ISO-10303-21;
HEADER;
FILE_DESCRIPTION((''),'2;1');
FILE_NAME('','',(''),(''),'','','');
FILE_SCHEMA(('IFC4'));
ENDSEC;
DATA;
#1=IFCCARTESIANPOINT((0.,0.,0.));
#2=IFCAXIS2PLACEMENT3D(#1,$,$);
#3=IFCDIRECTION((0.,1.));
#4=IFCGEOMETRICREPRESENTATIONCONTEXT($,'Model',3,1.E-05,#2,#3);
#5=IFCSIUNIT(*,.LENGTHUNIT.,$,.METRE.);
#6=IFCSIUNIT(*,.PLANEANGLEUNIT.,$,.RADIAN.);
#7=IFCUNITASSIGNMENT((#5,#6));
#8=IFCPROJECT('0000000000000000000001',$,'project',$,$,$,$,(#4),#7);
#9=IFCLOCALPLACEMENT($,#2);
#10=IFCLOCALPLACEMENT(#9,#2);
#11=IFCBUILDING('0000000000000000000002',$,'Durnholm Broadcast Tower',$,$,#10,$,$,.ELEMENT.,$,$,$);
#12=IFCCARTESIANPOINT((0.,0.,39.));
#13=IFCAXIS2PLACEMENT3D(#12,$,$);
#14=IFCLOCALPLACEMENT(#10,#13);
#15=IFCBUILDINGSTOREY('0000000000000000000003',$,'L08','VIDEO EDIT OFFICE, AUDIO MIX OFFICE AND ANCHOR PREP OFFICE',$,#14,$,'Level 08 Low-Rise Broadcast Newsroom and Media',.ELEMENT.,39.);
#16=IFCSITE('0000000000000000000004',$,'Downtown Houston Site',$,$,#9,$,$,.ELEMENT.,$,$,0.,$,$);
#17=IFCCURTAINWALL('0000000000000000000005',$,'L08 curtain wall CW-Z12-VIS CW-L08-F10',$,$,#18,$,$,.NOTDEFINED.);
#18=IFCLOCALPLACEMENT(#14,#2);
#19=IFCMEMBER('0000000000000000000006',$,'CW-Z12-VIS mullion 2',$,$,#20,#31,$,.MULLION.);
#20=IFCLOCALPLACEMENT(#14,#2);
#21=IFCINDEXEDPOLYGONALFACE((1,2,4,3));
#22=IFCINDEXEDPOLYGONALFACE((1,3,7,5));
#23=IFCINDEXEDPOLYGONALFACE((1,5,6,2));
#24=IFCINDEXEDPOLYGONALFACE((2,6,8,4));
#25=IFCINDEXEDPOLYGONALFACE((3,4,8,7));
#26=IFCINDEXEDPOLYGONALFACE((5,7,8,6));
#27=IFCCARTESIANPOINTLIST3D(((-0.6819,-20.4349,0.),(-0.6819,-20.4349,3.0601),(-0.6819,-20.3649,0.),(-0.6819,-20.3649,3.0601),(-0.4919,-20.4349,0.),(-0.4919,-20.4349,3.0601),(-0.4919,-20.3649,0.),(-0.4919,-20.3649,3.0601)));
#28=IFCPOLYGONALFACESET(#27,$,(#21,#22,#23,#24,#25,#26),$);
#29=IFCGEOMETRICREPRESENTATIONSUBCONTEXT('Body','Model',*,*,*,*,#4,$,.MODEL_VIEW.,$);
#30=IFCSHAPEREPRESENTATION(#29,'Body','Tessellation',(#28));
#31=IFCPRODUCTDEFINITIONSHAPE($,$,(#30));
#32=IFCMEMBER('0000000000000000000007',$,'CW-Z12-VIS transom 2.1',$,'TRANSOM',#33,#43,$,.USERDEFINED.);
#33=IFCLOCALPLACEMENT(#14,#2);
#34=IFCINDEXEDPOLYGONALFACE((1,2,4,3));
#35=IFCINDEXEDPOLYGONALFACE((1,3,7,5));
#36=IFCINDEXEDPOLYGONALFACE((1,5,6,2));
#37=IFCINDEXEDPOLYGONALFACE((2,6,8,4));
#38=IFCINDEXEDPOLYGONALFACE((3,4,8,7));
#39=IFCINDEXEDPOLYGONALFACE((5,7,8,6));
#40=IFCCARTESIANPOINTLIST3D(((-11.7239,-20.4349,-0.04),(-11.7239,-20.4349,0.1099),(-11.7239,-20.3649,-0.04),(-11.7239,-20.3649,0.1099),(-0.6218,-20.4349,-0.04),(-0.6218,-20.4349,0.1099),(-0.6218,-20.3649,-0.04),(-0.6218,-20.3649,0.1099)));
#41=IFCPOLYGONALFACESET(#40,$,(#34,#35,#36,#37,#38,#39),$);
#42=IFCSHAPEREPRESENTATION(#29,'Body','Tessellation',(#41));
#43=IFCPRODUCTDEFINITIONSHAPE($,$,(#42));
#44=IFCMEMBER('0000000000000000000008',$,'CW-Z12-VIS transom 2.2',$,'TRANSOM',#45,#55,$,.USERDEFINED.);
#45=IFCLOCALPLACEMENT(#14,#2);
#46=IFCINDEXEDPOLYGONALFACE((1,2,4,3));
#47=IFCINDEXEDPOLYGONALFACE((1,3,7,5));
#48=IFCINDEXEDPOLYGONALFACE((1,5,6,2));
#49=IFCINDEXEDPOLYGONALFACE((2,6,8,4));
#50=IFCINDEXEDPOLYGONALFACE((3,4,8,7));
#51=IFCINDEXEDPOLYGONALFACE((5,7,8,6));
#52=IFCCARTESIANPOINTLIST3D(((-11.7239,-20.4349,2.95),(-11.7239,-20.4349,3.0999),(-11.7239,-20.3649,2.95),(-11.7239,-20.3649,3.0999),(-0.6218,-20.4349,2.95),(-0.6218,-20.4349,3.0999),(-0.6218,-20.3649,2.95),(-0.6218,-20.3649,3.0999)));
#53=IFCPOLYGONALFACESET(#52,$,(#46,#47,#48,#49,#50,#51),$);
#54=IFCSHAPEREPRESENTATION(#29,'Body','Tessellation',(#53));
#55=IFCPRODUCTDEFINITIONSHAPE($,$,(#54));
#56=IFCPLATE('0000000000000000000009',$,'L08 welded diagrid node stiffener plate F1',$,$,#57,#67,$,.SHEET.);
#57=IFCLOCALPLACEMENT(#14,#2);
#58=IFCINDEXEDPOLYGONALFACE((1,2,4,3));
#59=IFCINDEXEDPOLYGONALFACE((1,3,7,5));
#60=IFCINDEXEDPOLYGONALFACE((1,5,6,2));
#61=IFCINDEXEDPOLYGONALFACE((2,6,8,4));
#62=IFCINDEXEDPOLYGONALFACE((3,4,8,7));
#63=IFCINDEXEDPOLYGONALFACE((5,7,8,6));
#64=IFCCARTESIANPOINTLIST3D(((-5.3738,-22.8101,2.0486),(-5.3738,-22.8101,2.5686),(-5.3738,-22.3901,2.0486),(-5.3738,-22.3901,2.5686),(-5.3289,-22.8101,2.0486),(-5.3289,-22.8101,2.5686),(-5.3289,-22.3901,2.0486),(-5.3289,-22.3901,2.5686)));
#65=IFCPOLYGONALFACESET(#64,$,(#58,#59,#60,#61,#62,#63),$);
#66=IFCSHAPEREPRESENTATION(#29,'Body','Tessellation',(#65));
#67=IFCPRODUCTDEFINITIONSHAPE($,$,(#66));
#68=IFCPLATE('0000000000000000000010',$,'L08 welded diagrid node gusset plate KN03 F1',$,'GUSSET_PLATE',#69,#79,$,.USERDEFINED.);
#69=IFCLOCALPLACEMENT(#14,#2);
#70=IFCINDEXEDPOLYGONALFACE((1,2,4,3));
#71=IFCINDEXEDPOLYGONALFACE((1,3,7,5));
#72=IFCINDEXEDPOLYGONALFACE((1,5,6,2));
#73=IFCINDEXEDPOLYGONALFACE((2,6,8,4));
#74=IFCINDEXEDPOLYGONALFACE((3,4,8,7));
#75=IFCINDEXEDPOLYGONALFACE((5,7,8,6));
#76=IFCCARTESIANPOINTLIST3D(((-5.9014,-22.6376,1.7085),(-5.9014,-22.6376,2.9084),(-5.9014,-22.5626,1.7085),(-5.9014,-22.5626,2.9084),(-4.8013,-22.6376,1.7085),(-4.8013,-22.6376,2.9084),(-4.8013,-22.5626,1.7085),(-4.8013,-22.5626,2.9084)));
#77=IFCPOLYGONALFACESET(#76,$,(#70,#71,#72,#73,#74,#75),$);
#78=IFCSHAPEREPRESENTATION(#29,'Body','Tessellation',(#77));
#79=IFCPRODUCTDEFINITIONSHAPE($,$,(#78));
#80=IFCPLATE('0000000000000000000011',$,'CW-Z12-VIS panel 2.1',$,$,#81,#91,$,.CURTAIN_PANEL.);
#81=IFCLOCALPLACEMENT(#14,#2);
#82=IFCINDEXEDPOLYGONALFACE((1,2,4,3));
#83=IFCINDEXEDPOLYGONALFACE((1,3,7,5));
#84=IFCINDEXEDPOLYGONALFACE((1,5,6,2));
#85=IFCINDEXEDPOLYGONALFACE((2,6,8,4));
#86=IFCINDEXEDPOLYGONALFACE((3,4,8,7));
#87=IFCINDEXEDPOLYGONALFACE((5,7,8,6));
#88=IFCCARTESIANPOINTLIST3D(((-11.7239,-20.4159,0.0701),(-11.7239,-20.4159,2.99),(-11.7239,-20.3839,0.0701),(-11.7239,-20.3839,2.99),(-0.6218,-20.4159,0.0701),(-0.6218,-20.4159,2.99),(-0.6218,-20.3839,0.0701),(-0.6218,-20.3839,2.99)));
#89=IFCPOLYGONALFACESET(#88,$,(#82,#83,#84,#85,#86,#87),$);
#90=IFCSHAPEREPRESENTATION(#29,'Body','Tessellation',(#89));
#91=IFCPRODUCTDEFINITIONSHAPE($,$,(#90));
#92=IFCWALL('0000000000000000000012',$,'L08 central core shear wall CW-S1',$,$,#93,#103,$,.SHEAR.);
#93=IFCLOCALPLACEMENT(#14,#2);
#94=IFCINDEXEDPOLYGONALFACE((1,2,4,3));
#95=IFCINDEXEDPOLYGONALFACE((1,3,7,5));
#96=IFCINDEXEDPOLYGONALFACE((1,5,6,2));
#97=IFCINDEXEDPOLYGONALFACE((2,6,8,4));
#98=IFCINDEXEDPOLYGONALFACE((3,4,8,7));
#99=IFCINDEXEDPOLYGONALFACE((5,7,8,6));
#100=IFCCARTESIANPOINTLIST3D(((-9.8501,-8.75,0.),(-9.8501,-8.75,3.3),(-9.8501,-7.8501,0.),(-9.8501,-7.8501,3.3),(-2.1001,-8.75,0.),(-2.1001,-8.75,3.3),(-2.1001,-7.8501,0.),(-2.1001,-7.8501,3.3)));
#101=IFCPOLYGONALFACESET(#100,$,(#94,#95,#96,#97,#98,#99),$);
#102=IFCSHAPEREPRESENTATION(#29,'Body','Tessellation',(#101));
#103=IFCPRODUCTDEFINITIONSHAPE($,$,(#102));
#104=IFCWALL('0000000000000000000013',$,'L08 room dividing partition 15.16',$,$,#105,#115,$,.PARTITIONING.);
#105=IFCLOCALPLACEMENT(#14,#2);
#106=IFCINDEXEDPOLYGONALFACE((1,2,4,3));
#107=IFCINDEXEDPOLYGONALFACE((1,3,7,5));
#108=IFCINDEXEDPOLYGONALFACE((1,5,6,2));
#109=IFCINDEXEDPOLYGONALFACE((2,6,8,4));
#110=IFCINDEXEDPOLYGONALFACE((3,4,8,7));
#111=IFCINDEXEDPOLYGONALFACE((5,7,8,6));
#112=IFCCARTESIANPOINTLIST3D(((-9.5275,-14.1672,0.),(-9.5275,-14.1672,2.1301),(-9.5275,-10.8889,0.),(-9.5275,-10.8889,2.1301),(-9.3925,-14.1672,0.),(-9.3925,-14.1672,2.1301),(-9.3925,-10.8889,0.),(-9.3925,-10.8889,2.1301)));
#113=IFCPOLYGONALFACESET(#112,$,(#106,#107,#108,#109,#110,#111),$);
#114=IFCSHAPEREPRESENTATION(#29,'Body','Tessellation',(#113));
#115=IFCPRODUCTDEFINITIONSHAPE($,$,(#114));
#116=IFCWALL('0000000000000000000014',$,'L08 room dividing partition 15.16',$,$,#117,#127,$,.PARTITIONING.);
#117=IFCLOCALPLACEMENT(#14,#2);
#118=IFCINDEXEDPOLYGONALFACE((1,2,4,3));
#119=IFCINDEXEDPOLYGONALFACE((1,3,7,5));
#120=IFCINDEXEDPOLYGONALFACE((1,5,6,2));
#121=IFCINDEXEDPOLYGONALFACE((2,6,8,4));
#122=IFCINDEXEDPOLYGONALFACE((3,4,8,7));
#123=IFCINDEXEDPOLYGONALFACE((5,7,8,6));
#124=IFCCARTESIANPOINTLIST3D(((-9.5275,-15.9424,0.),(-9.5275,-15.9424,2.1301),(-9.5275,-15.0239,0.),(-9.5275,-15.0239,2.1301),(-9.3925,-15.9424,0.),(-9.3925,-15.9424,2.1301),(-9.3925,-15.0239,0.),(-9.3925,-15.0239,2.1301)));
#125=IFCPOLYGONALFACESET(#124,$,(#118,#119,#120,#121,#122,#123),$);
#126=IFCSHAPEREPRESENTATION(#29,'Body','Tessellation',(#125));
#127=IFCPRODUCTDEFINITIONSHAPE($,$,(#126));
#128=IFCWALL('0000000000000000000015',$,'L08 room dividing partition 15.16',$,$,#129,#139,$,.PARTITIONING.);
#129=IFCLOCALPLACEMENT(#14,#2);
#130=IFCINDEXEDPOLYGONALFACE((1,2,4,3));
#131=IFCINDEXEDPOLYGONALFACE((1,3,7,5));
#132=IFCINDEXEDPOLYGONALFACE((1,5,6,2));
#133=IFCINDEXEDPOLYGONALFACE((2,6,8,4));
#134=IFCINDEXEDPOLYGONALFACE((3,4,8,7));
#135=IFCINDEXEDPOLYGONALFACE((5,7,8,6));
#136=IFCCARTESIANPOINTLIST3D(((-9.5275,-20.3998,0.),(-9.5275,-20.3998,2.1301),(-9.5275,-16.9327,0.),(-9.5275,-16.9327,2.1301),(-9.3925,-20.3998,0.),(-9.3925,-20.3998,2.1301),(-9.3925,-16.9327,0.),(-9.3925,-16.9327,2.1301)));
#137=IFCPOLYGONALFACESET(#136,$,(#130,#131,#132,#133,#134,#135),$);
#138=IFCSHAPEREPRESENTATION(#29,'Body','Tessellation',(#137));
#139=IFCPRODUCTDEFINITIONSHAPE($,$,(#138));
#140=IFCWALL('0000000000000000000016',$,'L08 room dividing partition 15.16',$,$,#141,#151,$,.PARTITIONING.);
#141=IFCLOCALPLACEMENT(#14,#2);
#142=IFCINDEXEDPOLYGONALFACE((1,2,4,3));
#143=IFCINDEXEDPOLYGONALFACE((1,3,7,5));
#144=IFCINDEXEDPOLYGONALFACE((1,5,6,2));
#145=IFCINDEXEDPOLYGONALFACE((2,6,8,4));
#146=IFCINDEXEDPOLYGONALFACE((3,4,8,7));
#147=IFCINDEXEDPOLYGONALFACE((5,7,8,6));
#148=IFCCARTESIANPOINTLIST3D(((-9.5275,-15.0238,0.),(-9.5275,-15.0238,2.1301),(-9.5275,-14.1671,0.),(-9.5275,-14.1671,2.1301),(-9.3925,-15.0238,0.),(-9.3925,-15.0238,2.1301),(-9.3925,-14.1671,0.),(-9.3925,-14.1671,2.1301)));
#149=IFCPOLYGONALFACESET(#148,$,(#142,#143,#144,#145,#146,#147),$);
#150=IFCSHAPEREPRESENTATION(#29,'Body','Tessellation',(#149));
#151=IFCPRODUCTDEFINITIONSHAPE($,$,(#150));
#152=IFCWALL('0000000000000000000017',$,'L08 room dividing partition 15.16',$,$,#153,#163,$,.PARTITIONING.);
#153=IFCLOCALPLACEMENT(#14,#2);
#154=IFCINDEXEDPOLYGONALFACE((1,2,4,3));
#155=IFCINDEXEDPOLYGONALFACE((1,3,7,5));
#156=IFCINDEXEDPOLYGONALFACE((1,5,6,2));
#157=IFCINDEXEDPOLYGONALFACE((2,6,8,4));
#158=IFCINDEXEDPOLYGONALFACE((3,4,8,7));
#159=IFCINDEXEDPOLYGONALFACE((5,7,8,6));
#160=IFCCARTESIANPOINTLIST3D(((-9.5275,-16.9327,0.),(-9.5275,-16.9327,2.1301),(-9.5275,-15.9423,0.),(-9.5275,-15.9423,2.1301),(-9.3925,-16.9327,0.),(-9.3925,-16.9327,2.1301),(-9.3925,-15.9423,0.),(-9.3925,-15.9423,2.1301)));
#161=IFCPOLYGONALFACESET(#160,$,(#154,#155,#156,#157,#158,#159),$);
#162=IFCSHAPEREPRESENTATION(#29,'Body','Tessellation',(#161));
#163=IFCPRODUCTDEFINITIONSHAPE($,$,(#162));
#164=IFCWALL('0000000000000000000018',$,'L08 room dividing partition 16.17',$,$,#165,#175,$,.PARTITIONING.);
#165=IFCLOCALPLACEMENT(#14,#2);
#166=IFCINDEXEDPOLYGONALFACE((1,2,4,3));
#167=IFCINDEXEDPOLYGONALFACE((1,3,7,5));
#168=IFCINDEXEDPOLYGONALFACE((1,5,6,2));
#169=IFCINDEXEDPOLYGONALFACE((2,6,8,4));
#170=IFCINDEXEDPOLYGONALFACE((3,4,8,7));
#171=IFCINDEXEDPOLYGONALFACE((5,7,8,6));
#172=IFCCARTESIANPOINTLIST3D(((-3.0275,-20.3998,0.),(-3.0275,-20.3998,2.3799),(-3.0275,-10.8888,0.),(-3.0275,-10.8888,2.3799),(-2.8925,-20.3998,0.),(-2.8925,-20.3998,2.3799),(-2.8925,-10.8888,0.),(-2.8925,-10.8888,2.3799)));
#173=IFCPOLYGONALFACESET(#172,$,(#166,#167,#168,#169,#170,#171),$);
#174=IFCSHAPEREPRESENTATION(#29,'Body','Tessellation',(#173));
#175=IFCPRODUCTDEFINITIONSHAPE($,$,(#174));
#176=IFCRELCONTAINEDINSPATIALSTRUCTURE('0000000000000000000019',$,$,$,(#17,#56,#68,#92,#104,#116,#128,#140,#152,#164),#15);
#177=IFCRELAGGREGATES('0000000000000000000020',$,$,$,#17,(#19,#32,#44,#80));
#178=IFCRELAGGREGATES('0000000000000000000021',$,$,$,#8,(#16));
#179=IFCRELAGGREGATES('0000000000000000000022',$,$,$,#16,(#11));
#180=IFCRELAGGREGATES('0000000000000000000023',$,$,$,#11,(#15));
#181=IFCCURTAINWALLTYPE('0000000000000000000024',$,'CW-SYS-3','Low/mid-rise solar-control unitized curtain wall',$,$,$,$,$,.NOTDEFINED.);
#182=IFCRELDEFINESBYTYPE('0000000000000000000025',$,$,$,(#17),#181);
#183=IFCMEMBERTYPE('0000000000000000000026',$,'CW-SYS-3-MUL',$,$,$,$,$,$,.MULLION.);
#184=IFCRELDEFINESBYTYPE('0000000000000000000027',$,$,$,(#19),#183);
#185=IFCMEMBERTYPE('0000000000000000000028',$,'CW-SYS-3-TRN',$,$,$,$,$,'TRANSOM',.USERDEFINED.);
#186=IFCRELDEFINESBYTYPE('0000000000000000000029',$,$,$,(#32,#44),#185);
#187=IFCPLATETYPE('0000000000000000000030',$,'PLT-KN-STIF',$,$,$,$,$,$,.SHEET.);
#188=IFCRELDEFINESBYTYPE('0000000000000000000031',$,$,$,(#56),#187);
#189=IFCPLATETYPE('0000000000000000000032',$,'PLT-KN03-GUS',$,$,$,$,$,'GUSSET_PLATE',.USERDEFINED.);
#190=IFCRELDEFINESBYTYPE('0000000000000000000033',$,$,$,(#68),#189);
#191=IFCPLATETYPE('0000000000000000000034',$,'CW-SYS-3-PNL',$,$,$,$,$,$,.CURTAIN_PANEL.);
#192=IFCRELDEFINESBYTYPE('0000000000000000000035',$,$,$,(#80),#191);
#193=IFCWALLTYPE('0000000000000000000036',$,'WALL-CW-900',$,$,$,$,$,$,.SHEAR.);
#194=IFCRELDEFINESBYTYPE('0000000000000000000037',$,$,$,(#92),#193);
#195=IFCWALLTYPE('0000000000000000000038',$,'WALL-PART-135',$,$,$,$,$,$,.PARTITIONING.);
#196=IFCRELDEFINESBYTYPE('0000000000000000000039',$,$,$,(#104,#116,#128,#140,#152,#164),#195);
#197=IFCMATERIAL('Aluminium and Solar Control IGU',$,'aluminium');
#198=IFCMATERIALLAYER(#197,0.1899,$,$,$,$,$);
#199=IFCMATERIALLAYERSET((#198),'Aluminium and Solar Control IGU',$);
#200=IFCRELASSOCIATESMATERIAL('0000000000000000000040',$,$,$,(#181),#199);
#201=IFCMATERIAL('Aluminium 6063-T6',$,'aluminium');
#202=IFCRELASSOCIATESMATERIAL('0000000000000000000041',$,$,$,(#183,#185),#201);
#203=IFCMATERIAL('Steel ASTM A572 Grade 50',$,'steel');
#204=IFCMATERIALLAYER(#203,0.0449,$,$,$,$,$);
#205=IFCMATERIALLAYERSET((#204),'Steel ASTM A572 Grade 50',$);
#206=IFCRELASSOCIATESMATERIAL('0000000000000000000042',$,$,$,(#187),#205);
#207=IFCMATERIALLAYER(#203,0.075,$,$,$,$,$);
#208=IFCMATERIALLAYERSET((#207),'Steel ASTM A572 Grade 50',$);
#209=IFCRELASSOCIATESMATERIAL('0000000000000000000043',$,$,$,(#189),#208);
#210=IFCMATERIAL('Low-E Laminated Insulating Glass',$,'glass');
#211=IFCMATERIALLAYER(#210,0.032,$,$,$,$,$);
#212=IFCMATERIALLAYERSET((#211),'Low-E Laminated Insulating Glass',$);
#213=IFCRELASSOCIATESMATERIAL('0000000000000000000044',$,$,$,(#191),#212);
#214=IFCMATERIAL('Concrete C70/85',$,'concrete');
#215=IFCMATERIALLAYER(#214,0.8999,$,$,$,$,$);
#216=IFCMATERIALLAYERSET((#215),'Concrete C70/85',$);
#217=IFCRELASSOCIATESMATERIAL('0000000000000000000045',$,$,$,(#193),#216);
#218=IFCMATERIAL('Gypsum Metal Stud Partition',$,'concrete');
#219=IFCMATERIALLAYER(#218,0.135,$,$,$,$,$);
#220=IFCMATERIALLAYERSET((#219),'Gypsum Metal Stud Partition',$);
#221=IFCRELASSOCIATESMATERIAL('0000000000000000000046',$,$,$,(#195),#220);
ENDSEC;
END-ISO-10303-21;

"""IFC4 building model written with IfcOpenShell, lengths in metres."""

from ifc_helpers import new_model, si_unit, direction, frame, frame_2d, origin, origin_2d, place, context, subcontext, project, spatial, rectangle, extrude, source, transform, mapped, material, layer, layer_set, material_profile, profile_set, type_object, type_shapes, element, aggregate, save


model = new_model("IFC4")

# Units and contexts
model_context = context("Model", 3, precision=1e-05, world=origin(), true_north=direction((0.0, 1.0)))
body_context = subcontext(model_context, "Body", "Model", "MODEL_VIEW")
ifc_project = project(units=[si_unit("LENGTHUNIT", "METRE"), si_unit("PLANEANGLEUNIT", "RADIAN")], contexts=[model_context])

# Site, building, storey
site_placement = place(None, origin())
site = spatial("IfcSite", under=ifc_project, at=site_placement, Name="Downtown Houston Site", CompositionType="ELEMENT", RefElevation=0.0)
building_placement = place(site_placement, origin())
building = spatial("IfcBuilding", under=site, at=building_placement, Name="Durnholm Broadcast Tower", CompositionType="ELEMENT")
storey_placement = place(building_placement, frame((0.0, 0.0, 39.0)))
storey = spatial("IfcBuildingStorey", under=building, at=storey_placement, Name="L08", Description="VIDEO EDIT OFFICE, AUDIO MIX OFFICE AND ANCHOR PREP OFFICE", LongName="Level 08 Low-Rise Broadcast Newsroom and Media", CompositionType="ELEMENT", Elevation=39.0)

# Curtain wall, members
ifc_material_1 = material(Name="Aluminium and Solar Control IGU", Category="aluminium")
ifc_layer_1 = layer(ifc_material_1, 0.1899)
ifc_layer_set_1 = layer_set([ifc_layer_1], Name="Aluminium and Solar Control IGU")
curtain_wall_type = type_object("IfcCurtainWallType", Name="CW-SYS-3", Description="Low/mid-rise solar-control unitized curtain wall", PredefinedType="NOTDEFINED", material=ifc_layer_set_1)
curtain_wall_placement = place(storey_placement, origin())
curtain_wall = element("IfcCurtainWall", 1, at=curtain_wall_placement, inside=storey, type_object=curtain_wall_type, Name="L08 curtain wall CW-Z12-VIS CW-L08-F10", PredefinedType="NOTDEFINED")
ifc_material_2 = material(Name="Aluminium 6063-T6", Category="aluminium")
ifc_material_profile_1 = material_profile(ifc_material_2, rectangle(XDim=0.0701, YDim=0.1899, at=origin_2d()), Name="CWM70X190")
ifc_profile_set_1 = profile_set([ifc_material_profile_1], Name="Aluminium 6063-T6")
member_type_1 = type_object("IfcMemberType", Name="CW-SYS-3-MUL", PredefinedType="MULLION", material=ifc_profile_set_1)
shared_shape_1 = source(origin(), body_context, "Body", "SweptSolid", [
    extrude(rectangle(XDim=0.0701, YDim=0.1899, at=origin_2d()), origin(), (0.0, 0.0, 1.0), 3.0601),
])
type_shapes(member_type_1, [shared_shape_1])
member_1_placement = place(storey_placement, frame((-0.5869, -20.3999, 0.0), z_axis=(0.0, 0.0, 1.0), x_axis=(0.0, -1.0, 0.0)))
member_1 = element("IfcMember", 2, at=member_1_placement, type_object=member_type_1, Name="CW-Z12-VIS mullion 2", PredefinedType="MULLION", context=body_context, shape_type="MappedRepresentation", body=[
    mapped(shared_shape_1, transform((0.0, 0.0, 0.0), x_axis=(1.0, 0.0, 0.0), y_axis=(0.0, 1.0, 0.0), z_axis=(0.0, 0.0, 1.0), scale=1.0)),
])
ifc_material_profile_2 = material_profile(ifc_material_2, rectangle(XDim=0.0701, YDim=0.1499, at=origin_2d()), Name="CWT70X150")
ifc_profile_set_2 = profile_set([ifc_material_profile_2], Name="Aluminium 6063-T6")
member_type_2 = type_object("IfcMemberType", Name="CW-SYS-3-TRN", ElementType="TRANSOM", PredefinedType="USERDEFINED", material=ifc_profile_set_2)
shared_shape_2 = source(origin(), body_context, "Body", "SweptSolid", [
    extrude(rectangle(XDim=0.0701, YDim=0.1499, at=origin_2d()), origin(), (0.0, 0.0, 1.0), 11.1021),
])
type_shapes(member_type_2, [shared_shape_2])
member_2_placement = place(storey_placement, frame((-0.6218, -20.3999, 0.0349), z_axis=(-1.0, 0.0, 0.0), x_axis=(0.0, -1.0, 0.0)))
member_2 = element("IfcMember", 3, at=member_2_placement, type_object=member_type_2, Name="CW-Z12-VIS transom 2.1", ObjectType="TRANSOM", PredefinedType="USERDEFINED", context=body_context, shape_type="MappedRepresentation", body=[
    mapped(shared_shape_2, transform((0.0, 0.0, 0.0), x_axis=(1.0, 0.0, 0.0), y_axis=(0.0, 1.0, 0.0), z_axis=(0.0, 0.0, 1.0), scale=1.0)),
])
member_3_placement = place(storey_placement, frame((-0.6218, -20.3999, 3.0249), z_axis=(-1.0, 0.0, 0.0), x_axis=(0.0, -1.0, 0.0)))
member_3 = element("IfcMember", 4, at=member_3_placement, type_object=member_type_2, Name="CW-Z12-VIS transom 2.2", ObjectType="TRANSOM", PredefinedType="USERDEFINED", context=body_context, shape_type="MappedRepresentation", body=[
    mapped(shared_shape_2, transform((0.0, 0.0, 0.0), x_axis=(1.0, 0.0, 0.0), y_axis=(0.0, 1.0, 0.0), z_axis=(0.0, 0.0, 1.0), scale=1.0)),
])

# Plates
ifc_material_3 = material(Name="Steel ASTM A572 Grade 50", Category="steel")
ifc_layer_2 = layer(ifc_material_3, 0.0449)
ifc_layer_set_2 = layer_set([ifc_layer_2], Name="Steel ASTM A572 Grade 50")
plate_type_1 = type_object("IfcPlateType", Name="PLT-KN-STIF", PredefinedType="SHEET", material=ifc_layer_set_2)
shared_shape_3 = source(origin(), body_context, "Body", "SweptSolid", [
    extrude(rectangle(XDim=0.0449, YDim=0.4199, at=origin_2d()), origin(), (0.0, 0.0, 1.0), 0.52),
])
type_shapes(plate_type_1, [shared_shape_3])
plate_1_placement = place(storey_placement, frame((-5.3513, -22.6001, 2.0486), z_axis=(0.0, 0.0, 1.0), x_axis=(1.0, 0.0, 0.0)))
element("IfcPlate", 5, at=plate_1_placement, inside=storey, type_object=plate_type_1, Name="L08 welded diagrid node stiffener plate F1", PredefinedType="SHEET", context=body_context, shape_type="MappedRepresentation", body=[
    mapped(shared_shape_3, transform((0.0, 0.0, 0.0), x_axis=(1.0, 0.0, 0.0), y_axis=(0.0, 1.0, 0.0), z_axis=(0.0, 0.0, 1.0), scale=1.0)),
])
ifc_layer_3 = layer(ifc_material_3, 0.075)
ifc_layer_set_3 = layer_set([ifc_layer_3], Name="Steel ASTM A572 Grade 50")
plate_type_2 = type_object("IfcPlateType", Name="PLT-KN03-GUS", ElementType="GUSSET_PLATE", PredefinedType="USERDEFINED", material=ifc_layer_set_3)
shared_shape_4 = source(origin(), body_context, "Body", "SweptSolid", [
    extrude(rectangle(XDim=1.1001, YDim=0.075, at=origin_2d()), origin(), (0.0, 0.0, 1.0), 1.2),
])
type_shapes(plate_type_2, [shared_shape_4])
plate_2_placement = place(storey_placement, frame((-5.3513, -22.6001, 1.7085), z_axis=(0.0, 0.0, 1.0), x_axis=(1.0, 0.0, 0.0)))
element("IfcPlate", 6, at=plate_2_placement, inside=storey, type_object=plate_type_2, Name="L08 welded diagrid node gusset plate KN03 F1", ObjectType="GUSSET_PLATE", PredefinedType="USERDEFINED", context=body_context, shape_type="MappedRepresentation", body=[
    mapped(shared_shape_4, transform((0.0, 0.0, 0.0), x_axis=(1.0, 0.0, 0.0), y_axis=(0.0, 1.0, 0.0), z_axis=(0.0, 0.0, 1.0), scale=1.0)),
])

# Plate
ifc_material_4 = material(Name="Low-E Laminated Insulating Glass", Category="glass")
ifc_layer_4 = layer(ifc_material_4, 0.032)
ifc_layer_set_4 = layer_set([ifc_layer_4], Name="Low-E Laminated Insulating Glass")
plate_type_3 = type_object("IfcPlateType", Name="CW-SYS-3-PNL", PredefinedType="CURTAIN_PANEL", material=ifc_layer_set_4)
shared_shape_5 = source(origin(), body_context, "Body", "SweptSolid", [
    extrude(rectangle(XDim=11.1021, YDim=0.032, at=origin_2d()), origin(), (0.0, 0.0, 1.0), 2.9199),
])
type_shapes(plate_type_3, [shared_shape_5])
plate_3_placement = place(storey_placement, frame((-6.1729, -20.3999, 0.0701), z_axis=(0.0, 0.0, 1.0), x_axis=(-1.0, 0.0, 0.0)))
plate_3 = element("IfcPlate", 7, at=plate_3_placement, type_object=plate_type_3, Name="CW-Z12-VIS panel 2.1", PredefinedType="CURTAIN_PANEL", context=body_context, shape_type="MappedRepresentation", body=[
    mapped(shared_shape_5, transform((0.0, 0.0, 0.0), x_axis=(1.0, 0.0, 0.0), y_axis=(0.0, 1.0, 0.0), z_axis=(0.0, 0.0, 1.0), scale=1.0)),
])
aggregate(curtain_wall, [member_1, member_2, member_3, plate_3])

# Walls
ifc_material_5 = material(Name="Concrete C70/85", Category="concrete")
ifc_layer_5 = layer(ifc_material_5, 0.8999)
ifc_layer_set_5 = layer_set([ifc_layer_5], Name="Concrete C70/85")
wall_type_1 = type_object("IfcWallType", Name="WALL-CW-900", PredefinedType="SHEAR", material=ifc_layer_set_5)
wall_1_placement = place(storey_placement, frame((-9.8501, -8.3, 0.0), z_axis=(0.0, 0.0, 1.0), x_axis=(1.0, 0.0, 0.0)))
element("IfcWall", 8, at=wall_1_placement, inside=storey, type_object=wall_type_1, Name="L08 central core shear wall CW-S1", PredefinedType="SHEAR", context=body_context, shape_type="SweptSolid", body=[
    extrude(rectangle(XDim=7.75, YDim=0.8999, at=frame_2d((3.875, 0.0))), origin(), (0.0, 0.0, 1.0), 3.3),
])
ifc_material_6 = material(Name="Gypsum Metal Stud Partition", Category="concrete")
ifc_layer_6 = layer(ifc_material_6, 0.135)
ifc_layer_set_6 = layer_set([ifc_layer_6], Name="Gypsum Metal Stud Partition")
wall_type_2 = type_object("IfcWallType", Name="WALL-PART-135", PredefinedType="PARTITIONING", material=ifc_layer_set_6)
wall_2_placement = place(storey_placement, frame((-9.46, -10.8889, 0.0), z_axis=(0.0, 0.0, 1.0), x_axis=(0.0, -1.0, 0.0)))
element("IfcWall", 9, at=wall_2_placement, inside=storey, type_object=wall_type_2, Name="L08 room dividing partition 15.16", PredefinedType="PARTITIONING", context=body_context, shape_type="SweptSolid", body=[
    extrude(rectangle(XDim=3.2783, YDim=0.135, at=frame_2d((1.6392, 0.0))), origin(), (0.0, 0.0, 1.0), 2.1301),
])
wall_3_placement = place(storey_placement, frame((-9.46, -15.0239, 0.0), z_axis=(0.0, 0.0, 1.0), x_axis=(0.0, -1.0, 0.0)))
element("IfcWall", 10, at=wall_3_placement, inside=storey, type_object=wall_type_2, Name="L08 room dividing partition 15.16", PredefinedType="PARTITIONING", context=body_context, shape_type="SweptSolid", body=[
    extrude(rectangle(XDim=0.9185, YDim=0.135, at=frame_2d((0.4592, 0.0))), origin(), (0.0, 0.0, 1.0), 2.1301),
])
wall_4_placement = place(storey_placement, frame((-9.46, -16.9329, 0.0), z_axis=(0.0, 0.0, 1.0), x_axis=(0.0, -1.0, 0.0)))
element("IfcWall", 11, at=wall_4_placement, inside=storey, type_object=wall_type_2, Name="L08 room dividing partition 15.16", PredefinedType="PARTITIONING", context=body_context, shape_type="SweptSolid", body=[
    extrude(rectangle(XDim=3.467, YDim=0.135, at=frame_2d((1.7334, 0.0))), origin(), (0.0, 0.0, 1.0), 2.1301),
])
wall_5_placement = place(storey_placement, frame((-9.46, -14.1672, 0.0), z_axis=(0.0, 0.0, 1.0), x_axis=(0.0, -1.0, 0.0)))
element("IfcWall", 12, at=wall_5_placement, inside=storey, type_object=wall_type_2, Name="L08 room dividing partition 15.16", PredefinedType="PARTITIONING", context=body_context, shape_type="SweptSolid", body=[
    extrude(rectangle(XDim=0.8567, YDim=0.135, at=frame_2d((0.4282, 0.0))), origin(), (0.0, 0.0, 1.0), 2.1301),
])
wall_6_placement = place(storey_placement, frame((-9.46, -15.9424, 0.0), z_axis=(0.0, 0.0, 1.0), x_axis=(0.0, -1.0, 0.0)))
element("IfcWall", 13, at=wall_6_placement, inside=storey, type_object=wall_type_2, Name="L08 room dividing partition 15.16", PredefinedType="PARTITIONING", context=body_context, shape_type="SweptSolid", body=[
    extrude(rectangle(XDim=0.9905, YDim=0.135, at=frame_2d((0.4951, 0.0))), origin(), (0.0, 0.0, 1.0), 2.1301),
])
wall_7_placement = place(storey_placement, frame((-2.96, -10.8889, 0.0), z_axis=(0.0, 0.0, 1.0), x_axis=(0.0, -1.0, 0.0)))
element("IfcWall", 14, at=wall_7_placement, inside=storey, type_object=wall_type_2, Name="L08 room dividing partition 16.17", PredefinedType="PARTITIONING", context=body_context, shape_type="SweptSolid", body=[
    extrude(rectangle(XDim=9.511, YDim=0.135, at=frame_2d((4.7554, 0.0))), origin(), (0.0, 0.0, 1.0), 2.3799),
])

save(model, "model.ifc")
